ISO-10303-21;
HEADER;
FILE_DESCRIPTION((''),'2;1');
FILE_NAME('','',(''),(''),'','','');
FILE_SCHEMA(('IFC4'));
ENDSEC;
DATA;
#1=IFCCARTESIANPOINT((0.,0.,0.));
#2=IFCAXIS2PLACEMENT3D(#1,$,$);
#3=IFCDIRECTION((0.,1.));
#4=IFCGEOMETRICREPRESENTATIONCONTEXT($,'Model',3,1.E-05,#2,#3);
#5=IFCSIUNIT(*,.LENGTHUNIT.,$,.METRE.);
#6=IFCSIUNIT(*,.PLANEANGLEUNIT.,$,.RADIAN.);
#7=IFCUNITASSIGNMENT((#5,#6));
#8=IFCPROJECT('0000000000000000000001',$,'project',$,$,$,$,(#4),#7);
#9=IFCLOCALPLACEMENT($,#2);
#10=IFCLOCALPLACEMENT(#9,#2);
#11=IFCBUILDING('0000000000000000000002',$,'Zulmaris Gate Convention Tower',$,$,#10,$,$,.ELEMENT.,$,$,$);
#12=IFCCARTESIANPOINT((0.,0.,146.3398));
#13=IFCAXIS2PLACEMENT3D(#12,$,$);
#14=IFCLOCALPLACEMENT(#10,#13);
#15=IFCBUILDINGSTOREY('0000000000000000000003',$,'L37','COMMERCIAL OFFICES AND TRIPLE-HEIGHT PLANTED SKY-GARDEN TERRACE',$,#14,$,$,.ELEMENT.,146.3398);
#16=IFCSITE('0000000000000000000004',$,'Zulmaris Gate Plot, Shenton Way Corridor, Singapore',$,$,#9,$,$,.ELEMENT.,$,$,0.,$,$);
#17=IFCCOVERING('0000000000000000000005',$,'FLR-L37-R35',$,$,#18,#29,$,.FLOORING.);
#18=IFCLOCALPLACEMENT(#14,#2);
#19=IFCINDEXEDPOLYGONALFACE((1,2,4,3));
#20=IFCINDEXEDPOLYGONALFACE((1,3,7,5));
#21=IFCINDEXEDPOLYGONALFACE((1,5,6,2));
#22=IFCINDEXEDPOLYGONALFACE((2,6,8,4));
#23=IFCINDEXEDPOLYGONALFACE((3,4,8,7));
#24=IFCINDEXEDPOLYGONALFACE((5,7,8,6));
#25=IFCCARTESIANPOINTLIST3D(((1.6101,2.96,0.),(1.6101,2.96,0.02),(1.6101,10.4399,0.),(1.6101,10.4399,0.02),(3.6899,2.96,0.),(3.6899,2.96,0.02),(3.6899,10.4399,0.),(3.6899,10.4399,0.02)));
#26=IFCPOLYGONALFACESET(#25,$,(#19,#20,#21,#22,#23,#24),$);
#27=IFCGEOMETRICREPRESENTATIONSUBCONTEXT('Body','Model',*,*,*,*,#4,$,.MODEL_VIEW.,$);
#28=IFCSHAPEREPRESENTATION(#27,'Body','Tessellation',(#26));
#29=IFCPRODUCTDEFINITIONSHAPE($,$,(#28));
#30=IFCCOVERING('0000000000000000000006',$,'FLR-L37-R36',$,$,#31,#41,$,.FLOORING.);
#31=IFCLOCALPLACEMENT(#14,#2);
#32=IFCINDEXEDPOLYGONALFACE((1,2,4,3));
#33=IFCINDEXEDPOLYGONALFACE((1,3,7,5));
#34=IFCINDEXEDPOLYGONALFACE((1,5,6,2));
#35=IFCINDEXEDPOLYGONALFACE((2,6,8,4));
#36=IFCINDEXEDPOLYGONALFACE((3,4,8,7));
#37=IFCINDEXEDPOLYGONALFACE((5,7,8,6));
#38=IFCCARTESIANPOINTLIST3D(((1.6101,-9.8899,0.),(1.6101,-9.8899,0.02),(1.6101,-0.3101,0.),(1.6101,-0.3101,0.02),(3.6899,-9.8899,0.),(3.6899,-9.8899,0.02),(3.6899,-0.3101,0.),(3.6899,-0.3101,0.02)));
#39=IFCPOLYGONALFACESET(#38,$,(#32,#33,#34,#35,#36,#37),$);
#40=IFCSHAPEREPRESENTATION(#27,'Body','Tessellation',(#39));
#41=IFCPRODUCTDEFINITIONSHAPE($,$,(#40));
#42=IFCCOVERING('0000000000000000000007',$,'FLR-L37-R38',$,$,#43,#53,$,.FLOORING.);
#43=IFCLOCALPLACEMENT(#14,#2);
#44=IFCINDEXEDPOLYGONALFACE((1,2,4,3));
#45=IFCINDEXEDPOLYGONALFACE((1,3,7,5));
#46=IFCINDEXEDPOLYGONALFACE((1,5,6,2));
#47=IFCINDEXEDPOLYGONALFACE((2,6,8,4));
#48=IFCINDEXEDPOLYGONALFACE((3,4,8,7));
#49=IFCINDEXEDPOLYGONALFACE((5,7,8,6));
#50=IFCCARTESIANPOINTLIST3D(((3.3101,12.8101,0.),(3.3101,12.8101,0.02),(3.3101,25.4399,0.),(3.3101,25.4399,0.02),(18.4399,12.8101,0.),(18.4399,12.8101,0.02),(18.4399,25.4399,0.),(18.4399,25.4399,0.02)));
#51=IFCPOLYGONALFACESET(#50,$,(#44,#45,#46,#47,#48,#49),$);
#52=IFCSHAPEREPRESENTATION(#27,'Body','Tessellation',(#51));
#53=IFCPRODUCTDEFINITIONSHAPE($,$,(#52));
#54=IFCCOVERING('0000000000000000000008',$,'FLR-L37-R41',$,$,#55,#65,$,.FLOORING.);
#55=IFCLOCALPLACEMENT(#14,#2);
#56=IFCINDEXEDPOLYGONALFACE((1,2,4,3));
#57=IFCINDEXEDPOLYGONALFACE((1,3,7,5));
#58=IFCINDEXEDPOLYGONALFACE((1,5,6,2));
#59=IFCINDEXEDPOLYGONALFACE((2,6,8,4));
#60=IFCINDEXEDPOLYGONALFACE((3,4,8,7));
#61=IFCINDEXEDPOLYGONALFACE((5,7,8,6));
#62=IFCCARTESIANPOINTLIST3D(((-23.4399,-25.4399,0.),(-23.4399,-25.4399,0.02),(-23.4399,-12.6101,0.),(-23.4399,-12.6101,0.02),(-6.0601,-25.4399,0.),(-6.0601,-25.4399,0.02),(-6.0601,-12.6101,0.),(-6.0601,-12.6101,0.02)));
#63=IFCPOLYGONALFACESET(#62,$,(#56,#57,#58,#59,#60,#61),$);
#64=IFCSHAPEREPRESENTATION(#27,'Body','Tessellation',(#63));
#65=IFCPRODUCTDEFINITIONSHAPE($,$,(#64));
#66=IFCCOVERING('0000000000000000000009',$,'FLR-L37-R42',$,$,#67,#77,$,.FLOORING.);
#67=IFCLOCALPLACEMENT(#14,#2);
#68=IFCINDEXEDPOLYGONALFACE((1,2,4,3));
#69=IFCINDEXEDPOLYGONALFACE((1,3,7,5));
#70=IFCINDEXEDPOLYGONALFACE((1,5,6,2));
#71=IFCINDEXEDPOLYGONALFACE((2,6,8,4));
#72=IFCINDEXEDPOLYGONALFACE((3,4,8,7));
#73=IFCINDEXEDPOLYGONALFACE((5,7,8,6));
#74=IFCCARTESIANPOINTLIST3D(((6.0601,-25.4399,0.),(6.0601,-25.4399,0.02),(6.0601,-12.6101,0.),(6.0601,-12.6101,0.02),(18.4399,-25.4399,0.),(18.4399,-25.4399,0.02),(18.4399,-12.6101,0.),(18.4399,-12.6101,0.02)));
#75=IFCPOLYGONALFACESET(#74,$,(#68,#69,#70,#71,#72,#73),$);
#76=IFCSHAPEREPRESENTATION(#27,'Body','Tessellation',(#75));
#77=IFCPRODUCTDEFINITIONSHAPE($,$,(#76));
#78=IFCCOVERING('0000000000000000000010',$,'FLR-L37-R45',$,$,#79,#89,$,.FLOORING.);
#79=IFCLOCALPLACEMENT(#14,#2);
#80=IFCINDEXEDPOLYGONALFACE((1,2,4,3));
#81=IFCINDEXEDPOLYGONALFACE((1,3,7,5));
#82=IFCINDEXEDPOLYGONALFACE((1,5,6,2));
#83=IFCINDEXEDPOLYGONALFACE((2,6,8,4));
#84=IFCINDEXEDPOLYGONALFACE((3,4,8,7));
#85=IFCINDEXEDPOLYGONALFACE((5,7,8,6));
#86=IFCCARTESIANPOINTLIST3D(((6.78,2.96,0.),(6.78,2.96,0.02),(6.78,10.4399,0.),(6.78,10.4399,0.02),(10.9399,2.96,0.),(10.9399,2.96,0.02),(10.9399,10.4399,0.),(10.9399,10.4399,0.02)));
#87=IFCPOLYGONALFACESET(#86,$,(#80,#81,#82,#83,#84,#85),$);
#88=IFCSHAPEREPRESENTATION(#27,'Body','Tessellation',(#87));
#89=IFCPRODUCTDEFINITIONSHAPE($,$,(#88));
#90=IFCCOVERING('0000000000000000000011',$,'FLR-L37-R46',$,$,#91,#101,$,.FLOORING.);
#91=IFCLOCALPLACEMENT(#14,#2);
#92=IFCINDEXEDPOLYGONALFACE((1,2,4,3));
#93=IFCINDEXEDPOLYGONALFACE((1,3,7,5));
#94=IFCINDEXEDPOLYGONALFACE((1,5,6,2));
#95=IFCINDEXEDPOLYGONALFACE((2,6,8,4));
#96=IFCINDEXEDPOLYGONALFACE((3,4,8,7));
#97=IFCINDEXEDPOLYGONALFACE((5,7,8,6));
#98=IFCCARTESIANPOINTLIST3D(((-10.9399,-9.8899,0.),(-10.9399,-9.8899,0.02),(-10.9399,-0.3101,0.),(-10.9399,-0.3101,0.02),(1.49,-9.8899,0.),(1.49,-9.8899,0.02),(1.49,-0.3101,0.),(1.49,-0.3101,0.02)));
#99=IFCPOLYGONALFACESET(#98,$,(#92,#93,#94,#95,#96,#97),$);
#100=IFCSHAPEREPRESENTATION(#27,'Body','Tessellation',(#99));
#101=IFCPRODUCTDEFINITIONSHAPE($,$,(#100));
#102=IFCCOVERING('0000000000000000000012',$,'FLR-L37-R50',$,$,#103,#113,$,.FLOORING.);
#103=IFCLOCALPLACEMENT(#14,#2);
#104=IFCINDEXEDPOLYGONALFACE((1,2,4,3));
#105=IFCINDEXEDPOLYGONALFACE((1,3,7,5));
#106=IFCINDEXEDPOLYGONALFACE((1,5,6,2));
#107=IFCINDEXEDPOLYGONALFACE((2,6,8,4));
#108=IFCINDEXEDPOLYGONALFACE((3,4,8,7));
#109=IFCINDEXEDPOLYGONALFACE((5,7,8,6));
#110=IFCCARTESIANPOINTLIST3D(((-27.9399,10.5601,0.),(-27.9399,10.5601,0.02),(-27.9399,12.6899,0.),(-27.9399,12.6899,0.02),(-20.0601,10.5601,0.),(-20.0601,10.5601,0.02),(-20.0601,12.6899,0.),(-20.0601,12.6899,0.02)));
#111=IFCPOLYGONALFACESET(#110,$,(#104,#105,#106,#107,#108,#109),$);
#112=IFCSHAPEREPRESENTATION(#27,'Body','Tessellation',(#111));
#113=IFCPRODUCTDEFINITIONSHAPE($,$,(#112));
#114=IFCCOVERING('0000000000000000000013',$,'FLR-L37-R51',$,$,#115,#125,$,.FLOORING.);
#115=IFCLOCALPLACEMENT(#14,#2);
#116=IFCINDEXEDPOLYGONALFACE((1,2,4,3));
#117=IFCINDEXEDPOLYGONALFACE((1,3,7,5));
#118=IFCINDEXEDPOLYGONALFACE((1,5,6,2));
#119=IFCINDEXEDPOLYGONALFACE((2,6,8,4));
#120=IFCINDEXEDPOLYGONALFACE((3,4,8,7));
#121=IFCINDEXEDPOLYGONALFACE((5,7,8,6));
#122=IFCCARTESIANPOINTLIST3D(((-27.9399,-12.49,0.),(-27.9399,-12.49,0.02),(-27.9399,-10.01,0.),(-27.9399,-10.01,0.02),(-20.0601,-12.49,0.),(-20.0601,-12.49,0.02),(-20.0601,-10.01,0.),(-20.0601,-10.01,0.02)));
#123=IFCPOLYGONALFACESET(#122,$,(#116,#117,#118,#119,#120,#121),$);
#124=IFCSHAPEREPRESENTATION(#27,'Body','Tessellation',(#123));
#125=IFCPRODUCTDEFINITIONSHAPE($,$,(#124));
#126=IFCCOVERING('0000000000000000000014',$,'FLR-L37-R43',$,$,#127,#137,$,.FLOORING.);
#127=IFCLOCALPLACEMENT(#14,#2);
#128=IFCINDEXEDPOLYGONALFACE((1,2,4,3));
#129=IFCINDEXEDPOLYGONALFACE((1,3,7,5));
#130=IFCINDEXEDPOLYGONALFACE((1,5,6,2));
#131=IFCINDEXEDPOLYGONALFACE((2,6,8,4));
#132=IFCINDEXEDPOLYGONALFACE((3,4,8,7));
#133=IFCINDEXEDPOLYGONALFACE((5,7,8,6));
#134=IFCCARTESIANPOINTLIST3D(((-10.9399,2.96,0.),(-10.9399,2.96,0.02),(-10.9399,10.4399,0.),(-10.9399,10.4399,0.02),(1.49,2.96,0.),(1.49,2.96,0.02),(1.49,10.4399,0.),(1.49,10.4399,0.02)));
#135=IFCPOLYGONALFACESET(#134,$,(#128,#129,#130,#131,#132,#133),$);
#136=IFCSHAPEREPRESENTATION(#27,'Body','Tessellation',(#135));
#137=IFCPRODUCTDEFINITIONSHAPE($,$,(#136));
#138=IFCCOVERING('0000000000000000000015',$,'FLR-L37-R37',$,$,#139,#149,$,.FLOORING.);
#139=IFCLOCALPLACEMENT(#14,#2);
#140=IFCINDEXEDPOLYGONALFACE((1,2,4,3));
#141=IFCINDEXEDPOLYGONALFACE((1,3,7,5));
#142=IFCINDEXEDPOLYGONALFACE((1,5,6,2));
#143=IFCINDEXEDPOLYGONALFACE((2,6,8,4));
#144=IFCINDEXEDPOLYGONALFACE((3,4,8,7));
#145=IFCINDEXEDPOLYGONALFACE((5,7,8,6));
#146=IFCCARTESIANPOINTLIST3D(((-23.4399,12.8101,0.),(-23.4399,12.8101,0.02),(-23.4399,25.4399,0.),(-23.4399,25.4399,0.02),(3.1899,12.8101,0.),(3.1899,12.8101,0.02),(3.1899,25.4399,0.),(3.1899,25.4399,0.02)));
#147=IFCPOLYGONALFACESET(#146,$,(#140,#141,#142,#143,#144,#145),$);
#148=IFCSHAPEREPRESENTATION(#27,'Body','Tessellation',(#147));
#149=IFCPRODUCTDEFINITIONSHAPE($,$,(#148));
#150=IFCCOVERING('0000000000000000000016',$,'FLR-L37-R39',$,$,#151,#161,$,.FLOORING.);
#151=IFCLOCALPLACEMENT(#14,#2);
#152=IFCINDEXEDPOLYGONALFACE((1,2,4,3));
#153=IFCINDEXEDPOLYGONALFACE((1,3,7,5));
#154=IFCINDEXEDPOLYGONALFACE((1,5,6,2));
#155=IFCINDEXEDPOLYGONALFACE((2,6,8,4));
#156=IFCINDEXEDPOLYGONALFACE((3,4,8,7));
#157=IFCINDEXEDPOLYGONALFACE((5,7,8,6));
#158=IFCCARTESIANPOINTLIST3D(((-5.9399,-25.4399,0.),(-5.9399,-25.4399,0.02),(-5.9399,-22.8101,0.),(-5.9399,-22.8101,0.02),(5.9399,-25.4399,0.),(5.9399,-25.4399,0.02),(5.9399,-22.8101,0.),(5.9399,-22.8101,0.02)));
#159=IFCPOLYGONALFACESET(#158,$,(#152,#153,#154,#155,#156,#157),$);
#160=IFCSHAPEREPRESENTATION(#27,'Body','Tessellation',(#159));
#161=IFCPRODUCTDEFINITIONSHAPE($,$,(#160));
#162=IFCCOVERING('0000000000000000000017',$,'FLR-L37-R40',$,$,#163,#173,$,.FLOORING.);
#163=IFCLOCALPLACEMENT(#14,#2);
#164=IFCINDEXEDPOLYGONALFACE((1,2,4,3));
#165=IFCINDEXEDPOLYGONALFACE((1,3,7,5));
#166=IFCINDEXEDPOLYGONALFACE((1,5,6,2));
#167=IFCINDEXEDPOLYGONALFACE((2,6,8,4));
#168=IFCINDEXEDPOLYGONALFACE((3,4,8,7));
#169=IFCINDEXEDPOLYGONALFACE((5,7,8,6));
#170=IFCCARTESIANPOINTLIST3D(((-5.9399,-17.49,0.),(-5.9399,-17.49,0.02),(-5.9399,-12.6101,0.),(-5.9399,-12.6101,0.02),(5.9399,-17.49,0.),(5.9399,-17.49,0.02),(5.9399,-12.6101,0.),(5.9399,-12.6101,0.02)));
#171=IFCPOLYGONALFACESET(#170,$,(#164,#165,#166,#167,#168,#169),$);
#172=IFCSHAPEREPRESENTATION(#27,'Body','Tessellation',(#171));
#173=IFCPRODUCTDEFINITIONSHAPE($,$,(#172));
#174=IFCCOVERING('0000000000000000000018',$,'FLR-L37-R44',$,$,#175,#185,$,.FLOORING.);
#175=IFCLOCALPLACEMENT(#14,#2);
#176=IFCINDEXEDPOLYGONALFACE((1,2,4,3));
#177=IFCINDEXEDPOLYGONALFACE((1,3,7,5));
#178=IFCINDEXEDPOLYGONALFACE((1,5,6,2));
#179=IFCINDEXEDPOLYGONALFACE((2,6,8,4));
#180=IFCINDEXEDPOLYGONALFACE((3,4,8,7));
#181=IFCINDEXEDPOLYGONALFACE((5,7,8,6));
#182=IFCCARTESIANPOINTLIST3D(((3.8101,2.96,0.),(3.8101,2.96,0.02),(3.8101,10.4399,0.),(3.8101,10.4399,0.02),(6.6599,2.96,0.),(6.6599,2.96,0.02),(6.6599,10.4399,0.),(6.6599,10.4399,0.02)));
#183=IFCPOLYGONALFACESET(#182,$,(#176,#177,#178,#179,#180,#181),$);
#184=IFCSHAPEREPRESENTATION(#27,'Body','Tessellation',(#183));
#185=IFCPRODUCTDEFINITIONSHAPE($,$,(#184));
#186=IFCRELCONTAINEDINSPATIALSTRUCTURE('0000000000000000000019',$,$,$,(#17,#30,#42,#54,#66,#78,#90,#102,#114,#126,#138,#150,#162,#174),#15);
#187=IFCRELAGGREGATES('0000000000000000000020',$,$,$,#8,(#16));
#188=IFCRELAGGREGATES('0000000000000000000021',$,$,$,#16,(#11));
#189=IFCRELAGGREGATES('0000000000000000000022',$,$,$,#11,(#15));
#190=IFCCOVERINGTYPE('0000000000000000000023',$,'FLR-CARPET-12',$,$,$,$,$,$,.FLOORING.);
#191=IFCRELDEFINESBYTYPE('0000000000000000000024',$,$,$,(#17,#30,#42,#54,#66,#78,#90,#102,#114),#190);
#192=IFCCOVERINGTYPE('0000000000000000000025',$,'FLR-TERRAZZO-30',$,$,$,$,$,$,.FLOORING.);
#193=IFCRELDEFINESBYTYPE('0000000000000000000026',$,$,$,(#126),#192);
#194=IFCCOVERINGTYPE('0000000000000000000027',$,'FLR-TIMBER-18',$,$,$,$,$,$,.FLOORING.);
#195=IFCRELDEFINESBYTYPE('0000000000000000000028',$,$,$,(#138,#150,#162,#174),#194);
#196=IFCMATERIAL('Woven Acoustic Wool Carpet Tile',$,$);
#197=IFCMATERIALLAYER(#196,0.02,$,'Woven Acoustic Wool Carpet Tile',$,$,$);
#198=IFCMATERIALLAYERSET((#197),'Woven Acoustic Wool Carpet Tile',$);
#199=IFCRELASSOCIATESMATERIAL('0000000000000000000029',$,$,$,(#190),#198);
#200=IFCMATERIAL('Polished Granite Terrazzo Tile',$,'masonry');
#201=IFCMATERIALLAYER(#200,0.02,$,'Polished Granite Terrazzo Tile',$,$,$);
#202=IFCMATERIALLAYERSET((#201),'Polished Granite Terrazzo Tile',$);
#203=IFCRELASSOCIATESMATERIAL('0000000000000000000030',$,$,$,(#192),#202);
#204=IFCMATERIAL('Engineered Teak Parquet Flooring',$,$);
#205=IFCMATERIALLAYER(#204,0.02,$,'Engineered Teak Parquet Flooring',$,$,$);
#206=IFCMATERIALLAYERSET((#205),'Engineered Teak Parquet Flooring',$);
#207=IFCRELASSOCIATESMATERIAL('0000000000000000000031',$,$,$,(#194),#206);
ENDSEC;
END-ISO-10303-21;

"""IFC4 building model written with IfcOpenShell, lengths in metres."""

from ifc_helpers import new_model, si_unit, direction, frame, origin, place, context, subcontext, project, spatial, polyline, outline, extrude, material, layer, layer_set, type_object, element, save


model = new_model("IFC4")

# Units and contexts
model_context = context("Model", 3, precision=1e-05, world=origin(), true_north=direction((0.0, 1.0)))
body_context = subcontext(model_context, "Body", "Model", "MODEL_VIEW")
ifc_project = project(units=[si_unit("LENGTHUNIT", "METRE"), si_unit("PLANEANGLEUNIT", "RADIAN")], contexts=[model_context])

# Site, building, storey
site_placement = place(None, origin())
site = spatial("IfcSite", under=ifc_project, at=site_placement, Name="Zulmaris Gate Plot, Shenton Way Corridor, Singapore", CompositionType="ELEMENT", RefElevation=0.0)
building_placement = place(site_placement, origin())
building = spatial("IfcBuilding", under=site, at=building_placement, Name="Zulmaris Gate Convention Tower", CompositionType="ELEMENT")
storey_placement = place(building_placement, frame((0.0, 0.0, 146.3398)))
storey = spatial("IfcBuildingStorey", under=building, at=storey_placement, Name="L37", Description="COMMERCIAL OFFICES AND TRIPLE-HEIGHT PLANTED SKY-GARDEN TERRACE", CompositionType="ELEMENT", Elevation=146.3398)

# Coverings
ifc_material_1 = material(Name="Woven Acoustic Wool Carpet Tile")
ifc_layer_1 = layer(ifc_material_1, 0.02, Name="Woven Acoustic Wool Carpet Tile")
ifc_layer_set_1 = layer_set([ifc_layer_1], Name="Woven Acoustic Wool Carpet Tile")
covering_type_1 = type_object("IfcCoveringType", Name="FLR-CARPET-12", PredefinedType="FLOORING", material=ifc_layer_set_1)
covering_1_placement = place(storey_placement, origin())
element("IfcCovering", 1, at=covering_1_placement, inside=storey, type_object=covering_type_1, Name="FLR-L37-R35", PredefinedType="FLOORING", context=body_context, shape_type="SweptSolid", body=[
    extrude(outline(polyline([(1.6101, 2.96), (3.6899, 2.96), (3.6899, 10.4399), (1.6101, 10.4399), (1.6101, 2.96)])), origin(), (0.0, 0.0, 1.0), 0.02),
])
covering_2_placement = place(storey_placement, origin())
element("IfcCovering", 2, at=covering_2_placement, inside=storey, type_object=covering_type_1, Name="FLR-L37-R36", PredefinedType="FLOORING", context=body_context, shape_type="SweptSolid", body=[
    extrude(outline(polyline([(1.6101, -9.8899), (3.6899, -9.8899), (3.6899, -0.3101), (1.6101, -0.3101), (1.6101, -9.8899)])), origin(), (0.0, 0.0, 1.0), 0.02),
])
covering_3_placement = place(storey_placement, origin())
element("IfcCovering", 3, at=covering_3_placement, inside=storey, type_object=covering_type_1, Name="FLR-L37-R38", PredefinedType="FLOORING", context=body_context, shape_type="SweptSolid", body=[
    extrude(outline(polyline([(3.3101, 12.8101), (18.4399, 12.8101), (18.4399, 25.4399), (3.3101, 25.4399), (3.3101, 12.8101)])), origin(), (0.0, 0.0, 1.0), 0.02),
])
covering_4_placement = place(storey_placement, origin())
element("IfcCovering", 4, at=covering_4_placement, inside=storey, type_object=covering_type_1, Name="FLR-L37-R41", PredefinedType="FLOORING", context=body_context, shape_type="SweptSolid", body=[
    extrude(outline(polyline([(-23.4399, -25.4399), (-6.0601, -25.4399), (-6.0601, -12.6101), (-23.4399, -12.6101), (-23.4399, -25.4399)])), origin(), (0.0, 0.0, 1.0), 0.02),
])
covering_5_placement = place(storey_placement, origin())
element("IfcCovering", 5, at=covering_5_placement, inside=storey, type_object=covering_type_1, Name="FLR-L37-R42", PredefinedType="FLOORING", context=body_context, shape_type="SweptSolid", body=[
    extrude(outline(polyline([(6.0601, -25.4399), (18.4399, -25.4399), (18.4399, -12.6101), (6.0601, -12.6101), (6.0601, -25.4399)])), origin(), (0.0, 0.0, 1.0), 0.02),
])
covering_6_placement = place(storey_placement, origin())
element("IfcCovering", 6, at=covering_6_placement, inside=storey, type_object=covering_type_1, Name="FLR-L37-R45", PredefinedType="FLOORING", context=body_context, shape_type="SweptSolid", body=[
    extrude(outline(polyline([(6.78, 2.96), (10.9399, 2.96), (10.9399, 10.4399), (6.78, 10.4399), (6.78, 2.96)])), origin(), (0.0, 0.0, 1.0), 0.02),
])
covering_7_placement = place(storey_placement, origin())
element("IfcCovering", 7, at=covering_7_placement, inside=storey, type_object=covering_type_1, Name="FLR-L37-R46", PredefinedType="FLOORING", context=body_context, shape_type="SweptSolid", body=[
    extrude(outline(polyline([(-10.9399, -9.8899), (1.49, -9.8899), (1.49, -0.3101), (-10.9399, -0.3101), (-10.9399, -9.8899)])), origin(), (0.0, 0.0, 1.0), 0.02),
])
covering_8_placement = place(storey_placement, origin())
element("IfcCovering", 8, at=covering_8_placement, inside=storey, type_object=covering_type_1, Name="FLR-L37-R50", PredefinedType="FLOORING", context=body_context, shape_type="SweptSolid", body=[
    extrude(outline(polyline([(-27.9399, 10.5601), (-20.0601, 10.5601), (-20.0601, 12.6899), (-27.9399, 12.6899), (-27.9399, 10.5601)])), origin(), (0.0, 0.0, 1.0), 0.02),
])
covering_9_placement = place(storey_placement, origin())
element("IfcCovering", 9, at=covering_9_placement, inside=storey, type_object=covering_type_1, Name="FLR-L37-R51", PredefinedType="FLOORING", context=body_context, shape_type="SweptSolid", body=[
    extrude(outline(polyline([(-27.9399, -12.49), (-20.0601, -12.49), (-20.0601, -10.01), (-27.9399, -10.01), (-27.9399, -12.49)])), origin(), (0.0, 0.0, 1.0), 0.02),
])
ifc_material_2 = material(Name="Polished Granite Terrazzo Tile", Category="masonry")
ifc_layer_2 = layer(ifc_material_2, 0.02, Name="Polished Granite Terrazzo Tile")
ifc_layer_set_2 = layer_set([ifc_layer_2], Name="Polished Granite Terrazzo Tile")
covering_type_2 = type_object("IfcCoveringType", Name="FLR-TERRAZZO-30", PredefinedType="FLOORING", material=ifc_layer_set_2)
covering_10_placement = place(storey_placement, origin())
element("IfcCovering", 10, at=covering_10_placement, inside=storey, type_object=covering_type_2, Name="FLR-L37-R43", PredefinedType="FLOORING", context=body_context, shape_type="SweptSolid", body=[
    extrude(outline(polyline([(-10.9399, 2.96), (1.49, 2.96), (1.49, 10.4399), (-10.9399, 10.4399), (-10.9399, 2.96)])), origin(), (0.0, 0.0, 1.0), 0.02),
])
ifc_material_3 = material(Name="Engineered Teak Parquet Flooring")
ifc_layer_3 = layer(ifc_material_3, 0.02, Name="Engineered Teak Parquet Flooring")
ifc_layer_set_3 = layer_set([ifc_layer_3], Name="Engineered Teak Parquet Flooring")
covering_type_3 = type_object("IfcCoveringType", Name="FLR-TIMBER-18", PredefinedType="FLOORING", material=ifc_layer_set_3)
covering_11_placement = place(storey_placement, origin())
element("IfcCovering", 11, at=covering_11_placement, inside=storey, type_object=covering_type_3, Name="FLR-L37-R37", PredefinedType="FLOORING", context=body_context, shape_type="SweptSolid", body=[
    extrude(outline(polyline([(-23.4399, 12.8101), (3.1899, 12.8101), (3.1899, 25.4399), (-23.4399, 25.4399), (-23.4399, 12.8101)])), origin(), (0.0, 0.0, 1.0), 0.02),
])
covering_12_placement = place(storey_placement, origin())
element("IfcCovering", 12, at=covering_12_placement, inside=storey, type_object=covering_type_3, Name="FLR-L37-R39", PredefinedType="FLOORING", context=body_context, shape_type="SweptSolid", body=[
    extrude(outline(polyline([(-5.9399, -25.4399), (5.9399, -25.4399), (5.9399, -22.8101), (-5.9399, -22.8101), (-5.9399, -25.4399)])), origin(), (0.0, 0.0, 1.0), 0.02),
])
covering_13_placement = place(storey_placement, origin())
element("IfcCovering", 13, at=covering_13_placement, inside=storey, type_object=covering_type_3, Name="FLR-L37-R40", PredefinedType="FLOORING", context=body_context, shape_type="SweptSolid", body=[
    extrude(outline(polyline([(-5.9399, -17.49), (5.9399, -17.49), (5.9399, -12.6101), (-5.9399, -12.6101), (-5.9399, -17.49)])), origin(), (0.0, 0.0, 1.0), 0.02),
])
covering_14_placement = place(storey_placement, origin())
element("IfcCovering", 14, at=covering_14_placement, inside=storey, type_object=covering_type_3, Name="FLR-L37-R44", PredefinedType="FLOORING", context=body_context, shape_type="SweptSolid", body=[
    extrude(outline(polyline([(3.8101, 2.96), (6.6599, 2.96), (6.6599, 10.4399), (3.8101, 10.4399), (3.8101, 2.96)])), origin(), (0.0, 0.0, 1.0), 0.02),
])

save(model, "model.ifc")
